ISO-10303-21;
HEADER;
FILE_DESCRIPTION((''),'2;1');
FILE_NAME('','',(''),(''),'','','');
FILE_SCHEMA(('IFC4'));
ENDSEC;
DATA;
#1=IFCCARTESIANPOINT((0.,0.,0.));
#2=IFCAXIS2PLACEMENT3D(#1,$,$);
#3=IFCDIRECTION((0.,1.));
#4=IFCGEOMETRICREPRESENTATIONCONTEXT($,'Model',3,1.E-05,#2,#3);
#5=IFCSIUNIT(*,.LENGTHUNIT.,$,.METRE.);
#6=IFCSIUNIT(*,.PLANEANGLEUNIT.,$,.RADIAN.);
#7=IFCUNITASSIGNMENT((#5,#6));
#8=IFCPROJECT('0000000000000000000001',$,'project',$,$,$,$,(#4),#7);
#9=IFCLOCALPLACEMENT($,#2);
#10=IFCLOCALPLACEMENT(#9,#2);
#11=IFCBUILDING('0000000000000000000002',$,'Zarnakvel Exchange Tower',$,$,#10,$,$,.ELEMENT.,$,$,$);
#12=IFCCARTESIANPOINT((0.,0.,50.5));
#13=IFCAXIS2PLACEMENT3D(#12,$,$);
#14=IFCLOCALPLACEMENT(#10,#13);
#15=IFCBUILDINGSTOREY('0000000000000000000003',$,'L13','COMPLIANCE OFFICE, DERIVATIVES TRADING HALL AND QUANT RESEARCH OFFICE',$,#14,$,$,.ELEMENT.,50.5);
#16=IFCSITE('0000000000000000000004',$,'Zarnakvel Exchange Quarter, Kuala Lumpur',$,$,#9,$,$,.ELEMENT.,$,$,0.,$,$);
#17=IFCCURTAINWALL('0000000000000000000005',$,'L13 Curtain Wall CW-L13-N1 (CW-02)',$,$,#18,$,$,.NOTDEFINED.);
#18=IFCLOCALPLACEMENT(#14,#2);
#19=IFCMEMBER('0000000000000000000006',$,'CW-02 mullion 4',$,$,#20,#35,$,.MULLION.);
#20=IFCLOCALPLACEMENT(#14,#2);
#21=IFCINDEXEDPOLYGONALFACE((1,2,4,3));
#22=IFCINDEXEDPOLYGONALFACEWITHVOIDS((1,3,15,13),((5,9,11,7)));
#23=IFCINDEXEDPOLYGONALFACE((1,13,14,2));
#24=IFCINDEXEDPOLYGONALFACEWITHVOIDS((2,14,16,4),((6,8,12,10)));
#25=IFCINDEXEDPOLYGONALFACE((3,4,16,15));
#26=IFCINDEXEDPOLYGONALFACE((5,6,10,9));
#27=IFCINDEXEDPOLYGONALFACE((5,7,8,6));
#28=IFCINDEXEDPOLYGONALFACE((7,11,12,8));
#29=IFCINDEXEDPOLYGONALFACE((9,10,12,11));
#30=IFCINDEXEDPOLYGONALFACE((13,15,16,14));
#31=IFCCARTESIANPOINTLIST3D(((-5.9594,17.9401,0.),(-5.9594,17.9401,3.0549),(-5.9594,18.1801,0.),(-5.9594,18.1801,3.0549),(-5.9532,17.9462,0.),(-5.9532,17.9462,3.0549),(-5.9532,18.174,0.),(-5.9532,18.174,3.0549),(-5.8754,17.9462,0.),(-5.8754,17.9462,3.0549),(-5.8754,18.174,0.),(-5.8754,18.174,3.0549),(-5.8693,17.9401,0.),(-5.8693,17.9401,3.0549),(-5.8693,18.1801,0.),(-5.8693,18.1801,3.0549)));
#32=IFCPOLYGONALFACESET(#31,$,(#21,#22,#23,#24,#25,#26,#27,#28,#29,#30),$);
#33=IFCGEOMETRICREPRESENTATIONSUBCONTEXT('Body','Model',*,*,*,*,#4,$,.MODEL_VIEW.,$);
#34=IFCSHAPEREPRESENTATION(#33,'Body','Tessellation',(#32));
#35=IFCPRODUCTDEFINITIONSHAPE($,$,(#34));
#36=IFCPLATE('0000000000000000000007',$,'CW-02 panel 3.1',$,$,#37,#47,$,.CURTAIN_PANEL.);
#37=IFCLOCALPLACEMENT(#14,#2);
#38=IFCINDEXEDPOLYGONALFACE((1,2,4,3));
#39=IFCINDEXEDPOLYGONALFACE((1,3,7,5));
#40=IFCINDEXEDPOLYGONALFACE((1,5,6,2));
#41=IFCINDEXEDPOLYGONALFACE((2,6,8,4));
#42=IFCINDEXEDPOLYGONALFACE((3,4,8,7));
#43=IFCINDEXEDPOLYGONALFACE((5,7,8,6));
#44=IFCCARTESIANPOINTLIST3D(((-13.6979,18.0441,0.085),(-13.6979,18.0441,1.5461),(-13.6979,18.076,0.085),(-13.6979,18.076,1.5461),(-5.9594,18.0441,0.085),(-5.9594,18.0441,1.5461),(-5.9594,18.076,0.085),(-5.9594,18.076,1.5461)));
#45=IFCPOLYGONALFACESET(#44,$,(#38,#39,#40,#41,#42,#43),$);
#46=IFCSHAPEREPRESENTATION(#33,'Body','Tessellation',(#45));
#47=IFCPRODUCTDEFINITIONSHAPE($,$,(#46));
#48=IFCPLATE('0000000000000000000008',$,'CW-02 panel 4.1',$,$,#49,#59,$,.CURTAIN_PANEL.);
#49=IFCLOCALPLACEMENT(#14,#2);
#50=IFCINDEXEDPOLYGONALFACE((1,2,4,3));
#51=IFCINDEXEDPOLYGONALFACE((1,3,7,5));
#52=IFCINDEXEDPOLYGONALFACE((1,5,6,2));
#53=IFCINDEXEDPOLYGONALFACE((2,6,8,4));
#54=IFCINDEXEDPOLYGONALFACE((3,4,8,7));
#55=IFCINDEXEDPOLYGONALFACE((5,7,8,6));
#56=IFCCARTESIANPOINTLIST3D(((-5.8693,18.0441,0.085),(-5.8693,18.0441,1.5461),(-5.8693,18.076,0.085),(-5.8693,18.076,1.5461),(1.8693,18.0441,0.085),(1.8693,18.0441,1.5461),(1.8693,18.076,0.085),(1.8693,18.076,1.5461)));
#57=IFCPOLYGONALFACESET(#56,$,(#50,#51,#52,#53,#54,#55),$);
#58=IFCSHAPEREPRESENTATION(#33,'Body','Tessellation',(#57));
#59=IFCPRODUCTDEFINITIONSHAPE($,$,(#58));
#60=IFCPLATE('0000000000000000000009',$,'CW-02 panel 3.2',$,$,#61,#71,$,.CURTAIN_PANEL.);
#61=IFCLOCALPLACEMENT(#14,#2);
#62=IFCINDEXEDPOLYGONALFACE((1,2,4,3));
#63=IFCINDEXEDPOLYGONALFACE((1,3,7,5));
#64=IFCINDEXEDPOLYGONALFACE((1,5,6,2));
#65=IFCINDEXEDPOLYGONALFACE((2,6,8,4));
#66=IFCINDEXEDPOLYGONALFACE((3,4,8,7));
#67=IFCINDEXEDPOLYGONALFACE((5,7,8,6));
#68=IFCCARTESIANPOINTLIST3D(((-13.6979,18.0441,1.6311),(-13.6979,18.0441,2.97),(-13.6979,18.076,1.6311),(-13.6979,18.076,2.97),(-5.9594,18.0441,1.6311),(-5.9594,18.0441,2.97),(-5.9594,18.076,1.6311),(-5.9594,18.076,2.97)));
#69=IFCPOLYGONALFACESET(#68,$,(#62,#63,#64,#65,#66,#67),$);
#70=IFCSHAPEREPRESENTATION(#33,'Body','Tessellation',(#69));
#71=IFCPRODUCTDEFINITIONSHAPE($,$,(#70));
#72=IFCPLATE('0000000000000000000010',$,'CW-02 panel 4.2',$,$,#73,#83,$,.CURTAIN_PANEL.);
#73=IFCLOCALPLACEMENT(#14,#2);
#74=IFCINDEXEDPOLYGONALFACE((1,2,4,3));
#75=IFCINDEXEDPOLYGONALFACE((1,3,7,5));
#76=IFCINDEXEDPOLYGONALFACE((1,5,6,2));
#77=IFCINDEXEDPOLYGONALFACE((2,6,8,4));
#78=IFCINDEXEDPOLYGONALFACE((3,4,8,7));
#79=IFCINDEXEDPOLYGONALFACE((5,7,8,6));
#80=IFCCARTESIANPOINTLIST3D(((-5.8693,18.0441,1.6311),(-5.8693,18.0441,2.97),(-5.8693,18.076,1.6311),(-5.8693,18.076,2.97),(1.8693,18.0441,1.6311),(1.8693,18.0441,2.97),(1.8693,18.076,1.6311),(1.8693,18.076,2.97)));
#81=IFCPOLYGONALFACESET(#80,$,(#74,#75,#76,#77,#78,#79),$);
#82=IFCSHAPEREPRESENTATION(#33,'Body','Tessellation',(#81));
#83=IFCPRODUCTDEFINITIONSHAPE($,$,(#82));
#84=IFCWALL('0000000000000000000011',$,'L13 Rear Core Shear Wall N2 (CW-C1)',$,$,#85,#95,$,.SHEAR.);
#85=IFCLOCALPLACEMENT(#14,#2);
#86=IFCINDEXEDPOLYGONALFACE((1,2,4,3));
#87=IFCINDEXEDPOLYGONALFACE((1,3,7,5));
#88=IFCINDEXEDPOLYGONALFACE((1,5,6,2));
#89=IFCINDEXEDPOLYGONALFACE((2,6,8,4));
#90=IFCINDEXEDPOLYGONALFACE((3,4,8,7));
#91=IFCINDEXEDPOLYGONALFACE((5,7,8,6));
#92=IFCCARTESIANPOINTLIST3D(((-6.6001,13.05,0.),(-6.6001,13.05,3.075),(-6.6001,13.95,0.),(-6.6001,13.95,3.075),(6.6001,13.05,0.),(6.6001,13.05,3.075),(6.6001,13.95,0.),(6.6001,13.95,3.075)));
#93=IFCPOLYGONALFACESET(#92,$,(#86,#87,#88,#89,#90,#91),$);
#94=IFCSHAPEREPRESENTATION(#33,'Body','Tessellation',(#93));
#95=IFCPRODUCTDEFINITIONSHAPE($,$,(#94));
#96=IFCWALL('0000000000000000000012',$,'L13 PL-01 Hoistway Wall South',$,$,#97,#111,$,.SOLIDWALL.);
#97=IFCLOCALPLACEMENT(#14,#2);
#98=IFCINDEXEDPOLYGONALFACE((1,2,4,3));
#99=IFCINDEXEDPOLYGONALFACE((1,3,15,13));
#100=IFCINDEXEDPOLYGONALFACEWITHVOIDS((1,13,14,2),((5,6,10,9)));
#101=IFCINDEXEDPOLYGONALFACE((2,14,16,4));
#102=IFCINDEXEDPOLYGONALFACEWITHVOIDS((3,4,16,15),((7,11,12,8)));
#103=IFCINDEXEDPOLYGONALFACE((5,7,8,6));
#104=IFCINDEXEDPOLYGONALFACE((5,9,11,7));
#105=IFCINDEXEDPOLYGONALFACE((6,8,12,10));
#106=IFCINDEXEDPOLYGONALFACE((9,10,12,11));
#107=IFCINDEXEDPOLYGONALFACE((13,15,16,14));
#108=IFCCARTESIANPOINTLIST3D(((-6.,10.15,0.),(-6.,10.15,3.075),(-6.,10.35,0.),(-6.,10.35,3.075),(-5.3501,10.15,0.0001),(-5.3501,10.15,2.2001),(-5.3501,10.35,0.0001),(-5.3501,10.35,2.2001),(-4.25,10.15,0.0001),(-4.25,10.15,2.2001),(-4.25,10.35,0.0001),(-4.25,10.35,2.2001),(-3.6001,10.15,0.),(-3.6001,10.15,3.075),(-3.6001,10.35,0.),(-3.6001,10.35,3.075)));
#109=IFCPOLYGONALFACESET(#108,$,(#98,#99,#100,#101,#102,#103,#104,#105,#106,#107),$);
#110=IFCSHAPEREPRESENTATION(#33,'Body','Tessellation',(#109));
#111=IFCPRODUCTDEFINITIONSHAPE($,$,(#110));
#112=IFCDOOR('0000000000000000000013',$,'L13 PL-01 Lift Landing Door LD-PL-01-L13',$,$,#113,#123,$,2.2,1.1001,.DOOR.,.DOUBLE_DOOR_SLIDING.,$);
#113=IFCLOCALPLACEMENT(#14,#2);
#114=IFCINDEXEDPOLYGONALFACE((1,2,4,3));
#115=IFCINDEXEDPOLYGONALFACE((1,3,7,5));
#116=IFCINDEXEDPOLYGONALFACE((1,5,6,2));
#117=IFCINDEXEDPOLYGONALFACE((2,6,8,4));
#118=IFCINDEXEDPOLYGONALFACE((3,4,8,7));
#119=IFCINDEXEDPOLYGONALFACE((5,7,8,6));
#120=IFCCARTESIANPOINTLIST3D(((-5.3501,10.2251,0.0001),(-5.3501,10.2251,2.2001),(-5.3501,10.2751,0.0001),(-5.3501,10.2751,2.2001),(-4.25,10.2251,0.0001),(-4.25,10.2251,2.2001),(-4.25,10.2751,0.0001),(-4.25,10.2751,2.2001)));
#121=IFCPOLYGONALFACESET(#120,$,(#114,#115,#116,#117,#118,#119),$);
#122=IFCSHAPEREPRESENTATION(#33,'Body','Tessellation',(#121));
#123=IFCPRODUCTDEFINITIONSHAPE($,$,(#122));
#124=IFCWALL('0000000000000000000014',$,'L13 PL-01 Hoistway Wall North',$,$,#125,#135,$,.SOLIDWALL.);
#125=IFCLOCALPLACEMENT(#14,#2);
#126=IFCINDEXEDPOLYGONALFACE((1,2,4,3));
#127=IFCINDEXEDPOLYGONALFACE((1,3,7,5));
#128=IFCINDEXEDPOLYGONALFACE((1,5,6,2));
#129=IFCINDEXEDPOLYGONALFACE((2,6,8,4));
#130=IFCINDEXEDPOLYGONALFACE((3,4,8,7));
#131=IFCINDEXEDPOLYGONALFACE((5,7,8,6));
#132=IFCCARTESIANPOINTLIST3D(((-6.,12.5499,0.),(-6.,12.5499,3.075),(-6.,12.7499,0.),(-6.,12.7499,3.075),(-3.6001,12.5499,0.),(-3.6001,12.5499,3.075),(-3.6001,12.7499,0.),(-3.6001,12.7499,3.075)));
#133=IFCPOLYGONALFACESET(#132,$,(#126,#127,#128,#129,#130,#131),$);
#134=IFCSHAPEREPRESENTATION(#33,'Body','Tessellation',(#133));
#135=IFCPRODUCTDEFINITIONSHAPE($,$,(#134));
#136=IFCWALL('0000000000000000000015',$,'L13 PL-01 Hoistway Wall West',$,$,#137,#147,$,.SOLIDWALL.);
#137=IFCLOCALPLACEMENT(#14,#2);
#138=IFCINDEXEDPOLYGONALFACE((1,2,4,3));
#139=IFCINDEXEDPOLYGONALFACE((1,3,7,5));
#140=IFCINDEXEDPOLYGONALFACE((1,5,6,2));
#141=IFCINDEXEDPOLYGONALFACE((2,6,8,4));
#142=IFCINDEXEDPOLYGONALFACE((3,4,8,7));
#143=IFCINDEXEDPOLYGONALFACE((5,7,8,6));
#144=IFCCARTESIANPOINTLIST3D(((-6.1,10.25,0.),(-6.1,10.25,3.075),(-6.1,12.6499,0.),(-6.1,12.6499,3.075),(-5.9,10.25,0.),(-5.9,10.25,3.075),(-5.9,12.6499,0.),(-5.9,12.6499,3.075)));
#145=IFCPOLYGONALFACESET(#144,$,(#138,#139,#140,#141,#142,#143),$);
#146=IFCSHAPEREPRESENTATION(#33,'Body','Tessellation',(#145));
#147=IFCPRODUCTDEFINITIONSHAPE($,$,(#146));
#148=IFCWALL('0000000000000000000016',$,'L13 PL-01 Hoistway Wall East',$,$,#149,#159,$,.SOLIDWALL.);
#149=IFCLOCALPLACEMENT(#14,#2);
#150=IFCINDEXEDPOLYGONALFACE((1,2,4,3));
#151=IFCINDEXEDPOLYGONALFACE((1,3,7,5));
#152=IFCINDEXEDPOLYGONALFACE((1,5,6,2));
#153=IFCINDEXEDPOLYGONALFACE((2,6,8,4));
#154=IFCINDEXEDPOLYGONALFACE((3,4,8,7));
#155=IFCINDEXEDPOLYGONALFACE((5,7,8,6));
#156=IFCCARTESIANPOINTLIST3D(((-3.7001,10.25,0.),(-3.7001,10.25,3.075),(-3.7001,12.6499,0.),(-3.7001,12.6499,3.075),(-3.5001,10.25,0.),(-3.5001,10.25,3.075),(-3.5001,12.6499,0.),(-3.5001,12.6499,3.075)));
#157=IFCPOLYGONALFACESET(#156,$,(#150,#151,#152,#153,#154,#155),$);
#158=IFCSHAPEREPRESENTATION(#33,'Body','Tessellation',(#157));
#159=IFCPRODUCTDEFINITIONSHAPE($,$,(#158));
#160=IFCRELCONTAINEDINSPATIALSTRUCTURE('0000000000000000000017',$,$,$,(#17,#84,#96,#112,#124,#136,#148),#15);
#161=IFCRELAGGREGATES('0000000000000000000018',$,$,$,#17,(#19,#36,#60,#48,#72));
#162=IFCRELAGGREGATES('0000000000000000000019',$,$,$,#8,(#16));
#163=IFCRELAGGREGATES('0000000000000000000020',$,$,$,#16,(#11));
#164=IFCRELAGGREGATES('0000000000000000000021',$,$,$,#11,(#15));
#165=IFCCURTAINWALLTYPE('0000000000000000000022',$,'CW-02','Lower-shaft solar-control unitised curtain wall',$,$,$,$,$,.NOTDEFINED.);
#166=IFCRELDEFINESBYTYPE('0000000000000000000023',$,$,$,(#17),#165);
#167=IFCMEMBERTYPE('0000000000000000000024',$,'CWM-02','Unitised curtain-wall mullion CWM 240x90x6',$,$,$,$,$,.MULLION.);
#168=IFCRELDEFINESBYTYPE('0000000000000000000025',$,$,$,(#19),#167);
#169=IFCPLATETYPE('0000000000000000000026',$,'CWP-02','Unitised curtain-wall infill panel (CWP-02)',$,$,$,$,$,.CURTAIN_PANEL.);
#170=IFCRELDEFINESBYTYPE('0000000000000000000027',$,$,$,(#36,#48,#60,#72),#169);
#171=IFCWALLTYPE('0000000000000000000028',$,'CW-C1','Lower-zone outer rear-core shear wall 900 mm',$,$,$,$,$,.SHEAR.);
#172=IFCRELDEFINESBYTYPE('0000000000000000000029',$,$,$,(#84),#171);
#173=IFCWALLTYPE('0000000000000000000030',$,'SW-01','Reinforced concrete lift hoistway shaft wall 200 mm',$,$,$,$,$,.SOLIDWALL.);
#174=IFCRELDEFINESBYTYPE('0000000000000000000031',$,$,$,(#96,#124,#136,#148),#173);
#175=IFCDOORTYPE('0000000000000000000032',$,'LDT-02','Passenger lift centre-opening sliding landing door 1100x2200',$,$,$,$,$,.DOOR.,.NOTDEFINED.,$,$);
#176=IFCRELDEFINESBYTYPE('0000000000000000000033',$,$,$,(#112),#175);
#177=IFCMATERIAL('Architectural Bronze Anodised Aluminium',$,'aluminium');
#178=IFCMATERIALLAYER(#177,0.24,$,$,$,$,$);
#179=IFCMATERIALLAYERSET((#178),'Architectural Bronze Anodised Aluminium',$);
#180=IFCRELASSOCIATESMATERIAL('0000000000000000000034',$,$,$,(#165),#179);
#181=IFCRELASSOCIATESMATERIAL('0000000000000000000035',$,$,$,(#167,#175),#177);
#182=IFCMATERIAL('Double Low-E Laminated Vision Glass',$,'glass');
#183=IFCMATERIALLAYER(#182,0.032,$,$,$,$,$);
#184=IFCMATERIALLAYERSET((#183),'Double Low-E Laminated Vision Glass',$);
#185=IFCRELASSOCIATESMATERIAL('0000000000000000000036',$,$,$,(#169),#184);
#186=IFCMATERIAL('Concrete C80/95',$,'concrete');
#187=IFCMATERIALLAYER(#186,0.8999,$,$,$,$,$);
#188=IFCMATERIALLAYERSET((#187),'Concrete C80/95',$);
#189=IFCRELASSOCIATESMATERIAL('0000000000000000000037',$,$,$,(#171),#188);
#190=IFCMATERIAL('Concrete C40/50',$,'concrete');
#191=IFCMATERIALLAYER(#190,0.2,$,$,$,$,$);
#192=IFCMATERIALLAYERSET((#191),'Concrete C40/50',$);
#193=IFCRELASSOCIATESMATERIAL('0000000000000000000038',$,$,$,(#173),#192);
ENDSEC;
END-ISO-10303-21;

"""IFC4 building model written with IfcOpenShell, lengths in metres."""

from ifc_helpers import new_model, si_unit, direction, frame, frame_2d, origin, origin_2d, place, context, subcontext, project, spatial, rectangle, hollow_rectangle, extrude, source, transform, mapped, material, layer, layer_set, material_profile, profile_set, type_object, element, fill, aggregate, save


model = new_model("IFC4")

# Units and contexts
model_context = context("Model", 3, precision=1e-05, world=origin(), true_north=direction((0.0, 1.0)))
body_context = subcontext(model_context, "Body", "Model", "MODEL_VIEW")
ifc_project = project(units=[si_unit("LENGTHUNIT", "METRE"), si_unit("PLANEANGLEUNIT", "RADIAN")], contexts=[model_context])

# Site, building, storey
site_placement = place(None, origin())
site = spatial("IfcSite", under=ifc_project, at=site_placement, Name="Zarnakvel Exchange Quarter, Kuala Lumpur", CompositionType="ELEMENT", RefElevation=0.0)
building_placement = place(site_placement, origin())
building = spatial("IfcBuilding", under=site, at=building_placement, Name="Zarnakvel Exchange Tower", CompositionType="ELEMENT")
storey_placement = place(building_placement, frame((0.0, 0.0, 50.5)))
storey = spatial("IfcBuildingStorey", under=building, at=storey_placement, Name="L13", Description="COMPLIANCE OFFICE, DERIVATIVES TRADING HALL AND QUANT RESEARCH OFFICE", CompositionType="ELEMENT", Elevation=50.5)

# Shared definitions
ifc_material_1 = material(Name="Concrete C80/95", Category="concrete")

# Curtain wall, member, plates
ifc_material_2 = material(Name="Architectural Bronze Anodised Aluminium", Category="aluminium")
ifc_layer_1 = layer(ifc_material_2, 0.24)
ifc_layer_set_1 = layer_set([ifc_layer_1], Name="Architectural Bronze Anodised Aluminium")
curtain_wall_type = type_object("IfcCurtainWallType", Name="CW-02", Description="Lower-shaft solar-control unitised curtain wall", PredefinedType="NOTDEFINED", material=ifc_layer_set_1)
curtain_wall_placement = place(storey_placement, origin())
curtain_wall = element("IfcCurtainWall", 1, at=curtain_wall_placement, inside=storey, type_object=curtain_wall_type, Name="L13 Curtain Wall CW-L13-N1 (CW-02)", PredefinedType="NOTDEFINED")
ifc_material_profile_1 = material_profile(ifc_material_2, hollow_rectangle(XDim=0.24, YDim=0.0901, WallThickness=0.0061, at=origin_2d()))
ifc_profile_set_1 = profile_set([ifc_material_profile_1], Name="Architectural Bronze Anodised Aluminium")
member_type_1 = type_object("IfcMemberType", Name="CWM-02", Description="Unitised curtain-wall mullion CWM 240x90x6", PredefinedType="MULLION", material=ifc_profile_set_1)
shared_shape_1 = source(origin(), body_context, "Body", "SweptSolid", [
    extrude(hollow_rectangle(XDim=0.24, YDim=0.0901, WallThickness=0.0061, at=origin_2d()), origin(), (0.0, 0.0, 1.0), 3.0549),
])
member_1_placement = place(storey_placement, frame((-5.9143, 18.0601, 0.0), z_axis=(0.0, 0.0, 1.0), x_axis=(0.0, 1.0, 0.0)))
member_1 = element("IfcMember", 2, at=member_1_placement, type_object=member_type_1, Name="CW-02 mullion 4", PredefinedType="MULLION", context=body_context, shape_type="MappedRepresentation", body=[
    mapped(shared_shape_1, transform((0.0, 0.0, 0.0), x_axis=(1.0, 0.0, 0.0), y_axis=(0.0, 1.0, 0.0), z_axis=(0.0, 0.0, 1.0), scale=1.0)),
])
ifc_material_3 = material(Name="Double Low-E Laminated Vision Glass", Category="glass")
ifc_layer_2 = layer(ifc_material_3, 0.032)
ifc_layer_set_2 = layer_set([ifc_layer_2], Name="Double Low-E Laminated Vision Glass")
plate_type = type_object("IfcPlateType", Name="CWP-02", Description="Unitised curtain-wall infill panel (CWP-02)", PredefinedType="CURTAIN_PANEL", material=ifc_layer_set_2)
shared_shape_2 = source(origin(), body_context, "Body", "SweptSolid", [
    extrude(rectangle(XDim=7.7385, YDim=0.032, at=origin_2d()), origin(), (0.0, 0.0, 1.0), 1.4612),
])
plate_1_placement = place(storey_placement, frame((-9.8286, 18.0601, 0.085), z_axis=(0.0, 0.0, 1.0), x_axis=(1.0, 0.0, 0.0)))
plate_1 = element("IfcPlate", 3, at=plate_1_placement, type_object=plate_type, Name="CW-02 panel 3.1", PredefinedType="CURTAIN_PANEL", context=body_context, shape_type="MappedRepresentation", body=[
    mapped(shared_shape_2, transform((0.0, 0.0, 0.0), x_axis=(1.0, 0.0, 0.0), y_axis=(0.0, 1.0, 0.0), z_axis=(0.0, 0.0, 1.0), scale=1.0)),
])
plate_2_placement = place(storey_placement, frame((-2.0, 18.0601, 0.085), z_axis=(0.0, 0.0, 1.0), x_axis=(1.0, 0.0, 0.0)))
plate_2 = element("IfcPlate", 4, at=plate_2_placement, type_object=plate_type, Name="CW-02 panel 4.1", PredefinedType="CURTAIN_PANEL", context=body_context, shape_type="MappedRepresentation", body=[
    mapped(shared_shape_2, transform((0.0, 0.0, 0.0), x_axis=(1.0, 0.0, 0.0), y_axis=(0.0, 1.0, 0.0), z_axis=(0.0, 0.0, 1.0), scale=1.0)),
])
shared_shape_3 = source(origin(), body_context, "Body", "SweptSolid", [
    extrude(rectangle(XDim=7.7385, YDim=0.032, at=origin_2d()), origin(), (0.0, 0.0, 1.0), 1.3389),
])
plate_3_placement = place(storey_placement, frame((-9.8286, 18.0601, 1.6311), z_axis=(0.0, 0.0, 1.0), x_axis=(1.0, 0.0, 0.0)))
plate_3 = element("IfcPlate", 5, at=plate_3_placement, type_object=plate_type, Name="CW-02 panel 3.2", PredefinedType="CURTAIN_PANEL", context=body_context, shape_type="MappedRepresentation", body=[
    mapped(shared_shape_3, transform((0.0, 0.0, 0.0), x_axis=(1.0, 0.0, 0.0), y_axis=(0.0, 1.0, 0.0), z_axis=(0.0, 0.0, 1.0), scale=1.0)),
])
plate_4_placement = place(storey_placement, frame((-2.0, 18.0601, 1.6311), z_axis=(0.0, 0.0, 1.0), x_axis=(1.0, 0.0, 0.0)))
plate_4 = element("IfcPlate", 6, at=plate_4_placement, type_object=plate_type, Name="CW-02 panel 4.2", PredefinedType="CURTAIN_PANEL", context=body_context, shape_type="MappedRepresentation", body=[
    mapped(shared_shape_3, transform((0.0, 0.0, 0.0), x_axis=(1.0, 0.0, 0.0), y_axis=(0.0, 1.0, 0.0), z_axis=(0.0, 0.0, 1.0), scale=1.0)),
])
aggregate(curtain_wall, [member_1, plate_1, plate_3, plate_2, plate_4])

# Wall
ifc_layer_3 = layer(ifc_material_1, 0.8999)
ifc_layer_set_3 = layer_set([ifc_layer_3], Name="Concrete C80/95")
wall_type_1 = type_object("IfcWallType", Name="CW-C1", Description="Lower-zone outer rear-core shear wall 900 mm", PredefinedType="SHEAR", material=ifc_layer_set_3)
wall_1_placement = place(storey_placement, frame((-6.6001, 13.5, 0.0), z_axis=(0.0, 0.0, 1.0), x_axis=(1.0, 0.0, 0.0)))
element("IfcWall", 7, at=wall_1_placement, inside=storey, type_object=wall_type_1, Name="L13 Rear Core Shear Wall N2 (CW-C1)", PredefinedType="SHEAR", context=body_context, shape_type="SweptSolid", body=[
    extrude(rectangle(XDim=13.2002, YDim=0.8999, at=frame_2d((6.6001, 0.0))), origin(), (0.0, 0.0, 1.0), 3.075),
])

# Wall, opening, door
ifc_material_4 = material(Name="Concrete C40/50", Category="concrete")
ifc_layer_4 = layer(ifc_material_4, 0.2)
ifc_layer_set_4 = layer_set([ifc_layer_4], Name="Concrete C40/50")
wall_type_2 = type_object("IfcWallType", Name="SW-01", Description="Reinforced concrete lift hoistway shaft wall 200 mm", PredefinedType="SOLIDWALL", material=ifc_layer_set_4)
wall_2_placement = place(storey_placement, frame((-3.6001, 10.25, 0.0), z_axis=(0.0, 0.0, 1.0), x_axis=(-1.0, 0.0, 0.0)))
wall_2 = element("IfcWall", 8, at=wall_2_placement, inside=storey, type_object=wall_type_2, Name="L13 PL-01 Hoistway Wall South", PredefinedType="SOLIDWALL", context=body_context, shape_type="SweptSolid", body=[
    extrude(rectangle(XDim=2.3999, YDim=0.2, at=frame_2d((1.2, 0.0))), origin(), (0.0, 0.0, 1.0), 3.075),
])
opening_1_placement = place(wall_2_placement, frame((0.6499, 0.0, 0.0)))
opening_1 = element("IfcOpeningElement", 9, at=opening_1_placement, cuts=wall_2, PredefinedType="OPENING", context=body_context, shape_type="SweptSolid", body=[
    extrude(rectangle(XDim=1.1001, YDim=2.2, at=frame_2d((0.55, 1.1001))), frame((0.0, 0.1099, 0.0), z_axis=(0.0, -1.0, 0.0), x_axis=(1.0, 0.0, 0.0)), (0.0, 0.0, 1.0), 0.22),
])
door_type = type_object("IfcDoorType", Name="LDT-02", Description="Passenger lift centre-opening sliding landing door 1100x2200", OperationType="NOTDEFINED", PredefinedType="DOOR", material=ifc_material_2)
shared_shape_4 = source(origin(), body_context, "Body", "SweptSolid", [
    extrude(rectangle(XDim=1.1001, YDim=2.2, at=frame_2d((0.55, 1.1001))), frame((0.0, 0.0249, 0.0), z_axis=(0.0, -1.0, 0.0), x_axis=(1.0, 0.0, 0.0)), (0.0, 0.0, 1.0), 0.05),
])
door_1_placement = place(opening_1_placement, origin())
door_1 = element("IfcDoor", 10, at=door_1_placement, inside=storey, type_object=door_type, Name="L13 PL-01 Lift Landing Door LD-PL-01-L13", OperationType="DOUBLE_DOOR_SLIDING", OverallHeight=2.2, OverallWidth=1.1001, PredefinedType="DOOR", context=body_context, shape_type="MappedRepresentation", body=[
    mapped(shared_shape_4, transform((0.0, 0.0, 0.0), x_axis=(1.0, 0.0, 0.0), y_axis=(0.0, 1.0, 0.0), z_axis=(0.0, 0.0, 1.0), scale=1.0)),
])
fill(opening_1, door_1)

# Walls
for number, where, z_axis, x_axis, name in (
    (11, (-6.0, 12.6499, 0.0), (0.0, 0.0, 1.0), (1.0, 0.0, 0.0), "L13 PL-01 Hoistway Wall North"),
    (12, (-6.0, 10.25, 0.0), (0.0, 0.0, 1.0), (0.0, 1.0, 0.0), "L13 PL-01 Hoistway Wall West"),
    (13, (-3.6001, 12.6499, 0.0), (0.0, 0.0, 1.0), (0.0, -1.0, 0.0), "L13 PL-01 Hoistway Wall East"),
):
    element("IfcWall", number, at=place(storey_placement, frame(where, z_axis=z_axis, x_axis=x_axis)), inside=storey, type_object=wall_type_2, Name=name, PredefinedType="SOLIDWALL", context=body_context, shape_type="SweptSolid", body=[
        extrude(rectangle(XDim=2.3999, YDim=0.2, at=frame_2d((1.2, 0.0))), origin(), (0.0, 0.0, 1.0), 3.075),
    ])

save(model, "model.ifc")
